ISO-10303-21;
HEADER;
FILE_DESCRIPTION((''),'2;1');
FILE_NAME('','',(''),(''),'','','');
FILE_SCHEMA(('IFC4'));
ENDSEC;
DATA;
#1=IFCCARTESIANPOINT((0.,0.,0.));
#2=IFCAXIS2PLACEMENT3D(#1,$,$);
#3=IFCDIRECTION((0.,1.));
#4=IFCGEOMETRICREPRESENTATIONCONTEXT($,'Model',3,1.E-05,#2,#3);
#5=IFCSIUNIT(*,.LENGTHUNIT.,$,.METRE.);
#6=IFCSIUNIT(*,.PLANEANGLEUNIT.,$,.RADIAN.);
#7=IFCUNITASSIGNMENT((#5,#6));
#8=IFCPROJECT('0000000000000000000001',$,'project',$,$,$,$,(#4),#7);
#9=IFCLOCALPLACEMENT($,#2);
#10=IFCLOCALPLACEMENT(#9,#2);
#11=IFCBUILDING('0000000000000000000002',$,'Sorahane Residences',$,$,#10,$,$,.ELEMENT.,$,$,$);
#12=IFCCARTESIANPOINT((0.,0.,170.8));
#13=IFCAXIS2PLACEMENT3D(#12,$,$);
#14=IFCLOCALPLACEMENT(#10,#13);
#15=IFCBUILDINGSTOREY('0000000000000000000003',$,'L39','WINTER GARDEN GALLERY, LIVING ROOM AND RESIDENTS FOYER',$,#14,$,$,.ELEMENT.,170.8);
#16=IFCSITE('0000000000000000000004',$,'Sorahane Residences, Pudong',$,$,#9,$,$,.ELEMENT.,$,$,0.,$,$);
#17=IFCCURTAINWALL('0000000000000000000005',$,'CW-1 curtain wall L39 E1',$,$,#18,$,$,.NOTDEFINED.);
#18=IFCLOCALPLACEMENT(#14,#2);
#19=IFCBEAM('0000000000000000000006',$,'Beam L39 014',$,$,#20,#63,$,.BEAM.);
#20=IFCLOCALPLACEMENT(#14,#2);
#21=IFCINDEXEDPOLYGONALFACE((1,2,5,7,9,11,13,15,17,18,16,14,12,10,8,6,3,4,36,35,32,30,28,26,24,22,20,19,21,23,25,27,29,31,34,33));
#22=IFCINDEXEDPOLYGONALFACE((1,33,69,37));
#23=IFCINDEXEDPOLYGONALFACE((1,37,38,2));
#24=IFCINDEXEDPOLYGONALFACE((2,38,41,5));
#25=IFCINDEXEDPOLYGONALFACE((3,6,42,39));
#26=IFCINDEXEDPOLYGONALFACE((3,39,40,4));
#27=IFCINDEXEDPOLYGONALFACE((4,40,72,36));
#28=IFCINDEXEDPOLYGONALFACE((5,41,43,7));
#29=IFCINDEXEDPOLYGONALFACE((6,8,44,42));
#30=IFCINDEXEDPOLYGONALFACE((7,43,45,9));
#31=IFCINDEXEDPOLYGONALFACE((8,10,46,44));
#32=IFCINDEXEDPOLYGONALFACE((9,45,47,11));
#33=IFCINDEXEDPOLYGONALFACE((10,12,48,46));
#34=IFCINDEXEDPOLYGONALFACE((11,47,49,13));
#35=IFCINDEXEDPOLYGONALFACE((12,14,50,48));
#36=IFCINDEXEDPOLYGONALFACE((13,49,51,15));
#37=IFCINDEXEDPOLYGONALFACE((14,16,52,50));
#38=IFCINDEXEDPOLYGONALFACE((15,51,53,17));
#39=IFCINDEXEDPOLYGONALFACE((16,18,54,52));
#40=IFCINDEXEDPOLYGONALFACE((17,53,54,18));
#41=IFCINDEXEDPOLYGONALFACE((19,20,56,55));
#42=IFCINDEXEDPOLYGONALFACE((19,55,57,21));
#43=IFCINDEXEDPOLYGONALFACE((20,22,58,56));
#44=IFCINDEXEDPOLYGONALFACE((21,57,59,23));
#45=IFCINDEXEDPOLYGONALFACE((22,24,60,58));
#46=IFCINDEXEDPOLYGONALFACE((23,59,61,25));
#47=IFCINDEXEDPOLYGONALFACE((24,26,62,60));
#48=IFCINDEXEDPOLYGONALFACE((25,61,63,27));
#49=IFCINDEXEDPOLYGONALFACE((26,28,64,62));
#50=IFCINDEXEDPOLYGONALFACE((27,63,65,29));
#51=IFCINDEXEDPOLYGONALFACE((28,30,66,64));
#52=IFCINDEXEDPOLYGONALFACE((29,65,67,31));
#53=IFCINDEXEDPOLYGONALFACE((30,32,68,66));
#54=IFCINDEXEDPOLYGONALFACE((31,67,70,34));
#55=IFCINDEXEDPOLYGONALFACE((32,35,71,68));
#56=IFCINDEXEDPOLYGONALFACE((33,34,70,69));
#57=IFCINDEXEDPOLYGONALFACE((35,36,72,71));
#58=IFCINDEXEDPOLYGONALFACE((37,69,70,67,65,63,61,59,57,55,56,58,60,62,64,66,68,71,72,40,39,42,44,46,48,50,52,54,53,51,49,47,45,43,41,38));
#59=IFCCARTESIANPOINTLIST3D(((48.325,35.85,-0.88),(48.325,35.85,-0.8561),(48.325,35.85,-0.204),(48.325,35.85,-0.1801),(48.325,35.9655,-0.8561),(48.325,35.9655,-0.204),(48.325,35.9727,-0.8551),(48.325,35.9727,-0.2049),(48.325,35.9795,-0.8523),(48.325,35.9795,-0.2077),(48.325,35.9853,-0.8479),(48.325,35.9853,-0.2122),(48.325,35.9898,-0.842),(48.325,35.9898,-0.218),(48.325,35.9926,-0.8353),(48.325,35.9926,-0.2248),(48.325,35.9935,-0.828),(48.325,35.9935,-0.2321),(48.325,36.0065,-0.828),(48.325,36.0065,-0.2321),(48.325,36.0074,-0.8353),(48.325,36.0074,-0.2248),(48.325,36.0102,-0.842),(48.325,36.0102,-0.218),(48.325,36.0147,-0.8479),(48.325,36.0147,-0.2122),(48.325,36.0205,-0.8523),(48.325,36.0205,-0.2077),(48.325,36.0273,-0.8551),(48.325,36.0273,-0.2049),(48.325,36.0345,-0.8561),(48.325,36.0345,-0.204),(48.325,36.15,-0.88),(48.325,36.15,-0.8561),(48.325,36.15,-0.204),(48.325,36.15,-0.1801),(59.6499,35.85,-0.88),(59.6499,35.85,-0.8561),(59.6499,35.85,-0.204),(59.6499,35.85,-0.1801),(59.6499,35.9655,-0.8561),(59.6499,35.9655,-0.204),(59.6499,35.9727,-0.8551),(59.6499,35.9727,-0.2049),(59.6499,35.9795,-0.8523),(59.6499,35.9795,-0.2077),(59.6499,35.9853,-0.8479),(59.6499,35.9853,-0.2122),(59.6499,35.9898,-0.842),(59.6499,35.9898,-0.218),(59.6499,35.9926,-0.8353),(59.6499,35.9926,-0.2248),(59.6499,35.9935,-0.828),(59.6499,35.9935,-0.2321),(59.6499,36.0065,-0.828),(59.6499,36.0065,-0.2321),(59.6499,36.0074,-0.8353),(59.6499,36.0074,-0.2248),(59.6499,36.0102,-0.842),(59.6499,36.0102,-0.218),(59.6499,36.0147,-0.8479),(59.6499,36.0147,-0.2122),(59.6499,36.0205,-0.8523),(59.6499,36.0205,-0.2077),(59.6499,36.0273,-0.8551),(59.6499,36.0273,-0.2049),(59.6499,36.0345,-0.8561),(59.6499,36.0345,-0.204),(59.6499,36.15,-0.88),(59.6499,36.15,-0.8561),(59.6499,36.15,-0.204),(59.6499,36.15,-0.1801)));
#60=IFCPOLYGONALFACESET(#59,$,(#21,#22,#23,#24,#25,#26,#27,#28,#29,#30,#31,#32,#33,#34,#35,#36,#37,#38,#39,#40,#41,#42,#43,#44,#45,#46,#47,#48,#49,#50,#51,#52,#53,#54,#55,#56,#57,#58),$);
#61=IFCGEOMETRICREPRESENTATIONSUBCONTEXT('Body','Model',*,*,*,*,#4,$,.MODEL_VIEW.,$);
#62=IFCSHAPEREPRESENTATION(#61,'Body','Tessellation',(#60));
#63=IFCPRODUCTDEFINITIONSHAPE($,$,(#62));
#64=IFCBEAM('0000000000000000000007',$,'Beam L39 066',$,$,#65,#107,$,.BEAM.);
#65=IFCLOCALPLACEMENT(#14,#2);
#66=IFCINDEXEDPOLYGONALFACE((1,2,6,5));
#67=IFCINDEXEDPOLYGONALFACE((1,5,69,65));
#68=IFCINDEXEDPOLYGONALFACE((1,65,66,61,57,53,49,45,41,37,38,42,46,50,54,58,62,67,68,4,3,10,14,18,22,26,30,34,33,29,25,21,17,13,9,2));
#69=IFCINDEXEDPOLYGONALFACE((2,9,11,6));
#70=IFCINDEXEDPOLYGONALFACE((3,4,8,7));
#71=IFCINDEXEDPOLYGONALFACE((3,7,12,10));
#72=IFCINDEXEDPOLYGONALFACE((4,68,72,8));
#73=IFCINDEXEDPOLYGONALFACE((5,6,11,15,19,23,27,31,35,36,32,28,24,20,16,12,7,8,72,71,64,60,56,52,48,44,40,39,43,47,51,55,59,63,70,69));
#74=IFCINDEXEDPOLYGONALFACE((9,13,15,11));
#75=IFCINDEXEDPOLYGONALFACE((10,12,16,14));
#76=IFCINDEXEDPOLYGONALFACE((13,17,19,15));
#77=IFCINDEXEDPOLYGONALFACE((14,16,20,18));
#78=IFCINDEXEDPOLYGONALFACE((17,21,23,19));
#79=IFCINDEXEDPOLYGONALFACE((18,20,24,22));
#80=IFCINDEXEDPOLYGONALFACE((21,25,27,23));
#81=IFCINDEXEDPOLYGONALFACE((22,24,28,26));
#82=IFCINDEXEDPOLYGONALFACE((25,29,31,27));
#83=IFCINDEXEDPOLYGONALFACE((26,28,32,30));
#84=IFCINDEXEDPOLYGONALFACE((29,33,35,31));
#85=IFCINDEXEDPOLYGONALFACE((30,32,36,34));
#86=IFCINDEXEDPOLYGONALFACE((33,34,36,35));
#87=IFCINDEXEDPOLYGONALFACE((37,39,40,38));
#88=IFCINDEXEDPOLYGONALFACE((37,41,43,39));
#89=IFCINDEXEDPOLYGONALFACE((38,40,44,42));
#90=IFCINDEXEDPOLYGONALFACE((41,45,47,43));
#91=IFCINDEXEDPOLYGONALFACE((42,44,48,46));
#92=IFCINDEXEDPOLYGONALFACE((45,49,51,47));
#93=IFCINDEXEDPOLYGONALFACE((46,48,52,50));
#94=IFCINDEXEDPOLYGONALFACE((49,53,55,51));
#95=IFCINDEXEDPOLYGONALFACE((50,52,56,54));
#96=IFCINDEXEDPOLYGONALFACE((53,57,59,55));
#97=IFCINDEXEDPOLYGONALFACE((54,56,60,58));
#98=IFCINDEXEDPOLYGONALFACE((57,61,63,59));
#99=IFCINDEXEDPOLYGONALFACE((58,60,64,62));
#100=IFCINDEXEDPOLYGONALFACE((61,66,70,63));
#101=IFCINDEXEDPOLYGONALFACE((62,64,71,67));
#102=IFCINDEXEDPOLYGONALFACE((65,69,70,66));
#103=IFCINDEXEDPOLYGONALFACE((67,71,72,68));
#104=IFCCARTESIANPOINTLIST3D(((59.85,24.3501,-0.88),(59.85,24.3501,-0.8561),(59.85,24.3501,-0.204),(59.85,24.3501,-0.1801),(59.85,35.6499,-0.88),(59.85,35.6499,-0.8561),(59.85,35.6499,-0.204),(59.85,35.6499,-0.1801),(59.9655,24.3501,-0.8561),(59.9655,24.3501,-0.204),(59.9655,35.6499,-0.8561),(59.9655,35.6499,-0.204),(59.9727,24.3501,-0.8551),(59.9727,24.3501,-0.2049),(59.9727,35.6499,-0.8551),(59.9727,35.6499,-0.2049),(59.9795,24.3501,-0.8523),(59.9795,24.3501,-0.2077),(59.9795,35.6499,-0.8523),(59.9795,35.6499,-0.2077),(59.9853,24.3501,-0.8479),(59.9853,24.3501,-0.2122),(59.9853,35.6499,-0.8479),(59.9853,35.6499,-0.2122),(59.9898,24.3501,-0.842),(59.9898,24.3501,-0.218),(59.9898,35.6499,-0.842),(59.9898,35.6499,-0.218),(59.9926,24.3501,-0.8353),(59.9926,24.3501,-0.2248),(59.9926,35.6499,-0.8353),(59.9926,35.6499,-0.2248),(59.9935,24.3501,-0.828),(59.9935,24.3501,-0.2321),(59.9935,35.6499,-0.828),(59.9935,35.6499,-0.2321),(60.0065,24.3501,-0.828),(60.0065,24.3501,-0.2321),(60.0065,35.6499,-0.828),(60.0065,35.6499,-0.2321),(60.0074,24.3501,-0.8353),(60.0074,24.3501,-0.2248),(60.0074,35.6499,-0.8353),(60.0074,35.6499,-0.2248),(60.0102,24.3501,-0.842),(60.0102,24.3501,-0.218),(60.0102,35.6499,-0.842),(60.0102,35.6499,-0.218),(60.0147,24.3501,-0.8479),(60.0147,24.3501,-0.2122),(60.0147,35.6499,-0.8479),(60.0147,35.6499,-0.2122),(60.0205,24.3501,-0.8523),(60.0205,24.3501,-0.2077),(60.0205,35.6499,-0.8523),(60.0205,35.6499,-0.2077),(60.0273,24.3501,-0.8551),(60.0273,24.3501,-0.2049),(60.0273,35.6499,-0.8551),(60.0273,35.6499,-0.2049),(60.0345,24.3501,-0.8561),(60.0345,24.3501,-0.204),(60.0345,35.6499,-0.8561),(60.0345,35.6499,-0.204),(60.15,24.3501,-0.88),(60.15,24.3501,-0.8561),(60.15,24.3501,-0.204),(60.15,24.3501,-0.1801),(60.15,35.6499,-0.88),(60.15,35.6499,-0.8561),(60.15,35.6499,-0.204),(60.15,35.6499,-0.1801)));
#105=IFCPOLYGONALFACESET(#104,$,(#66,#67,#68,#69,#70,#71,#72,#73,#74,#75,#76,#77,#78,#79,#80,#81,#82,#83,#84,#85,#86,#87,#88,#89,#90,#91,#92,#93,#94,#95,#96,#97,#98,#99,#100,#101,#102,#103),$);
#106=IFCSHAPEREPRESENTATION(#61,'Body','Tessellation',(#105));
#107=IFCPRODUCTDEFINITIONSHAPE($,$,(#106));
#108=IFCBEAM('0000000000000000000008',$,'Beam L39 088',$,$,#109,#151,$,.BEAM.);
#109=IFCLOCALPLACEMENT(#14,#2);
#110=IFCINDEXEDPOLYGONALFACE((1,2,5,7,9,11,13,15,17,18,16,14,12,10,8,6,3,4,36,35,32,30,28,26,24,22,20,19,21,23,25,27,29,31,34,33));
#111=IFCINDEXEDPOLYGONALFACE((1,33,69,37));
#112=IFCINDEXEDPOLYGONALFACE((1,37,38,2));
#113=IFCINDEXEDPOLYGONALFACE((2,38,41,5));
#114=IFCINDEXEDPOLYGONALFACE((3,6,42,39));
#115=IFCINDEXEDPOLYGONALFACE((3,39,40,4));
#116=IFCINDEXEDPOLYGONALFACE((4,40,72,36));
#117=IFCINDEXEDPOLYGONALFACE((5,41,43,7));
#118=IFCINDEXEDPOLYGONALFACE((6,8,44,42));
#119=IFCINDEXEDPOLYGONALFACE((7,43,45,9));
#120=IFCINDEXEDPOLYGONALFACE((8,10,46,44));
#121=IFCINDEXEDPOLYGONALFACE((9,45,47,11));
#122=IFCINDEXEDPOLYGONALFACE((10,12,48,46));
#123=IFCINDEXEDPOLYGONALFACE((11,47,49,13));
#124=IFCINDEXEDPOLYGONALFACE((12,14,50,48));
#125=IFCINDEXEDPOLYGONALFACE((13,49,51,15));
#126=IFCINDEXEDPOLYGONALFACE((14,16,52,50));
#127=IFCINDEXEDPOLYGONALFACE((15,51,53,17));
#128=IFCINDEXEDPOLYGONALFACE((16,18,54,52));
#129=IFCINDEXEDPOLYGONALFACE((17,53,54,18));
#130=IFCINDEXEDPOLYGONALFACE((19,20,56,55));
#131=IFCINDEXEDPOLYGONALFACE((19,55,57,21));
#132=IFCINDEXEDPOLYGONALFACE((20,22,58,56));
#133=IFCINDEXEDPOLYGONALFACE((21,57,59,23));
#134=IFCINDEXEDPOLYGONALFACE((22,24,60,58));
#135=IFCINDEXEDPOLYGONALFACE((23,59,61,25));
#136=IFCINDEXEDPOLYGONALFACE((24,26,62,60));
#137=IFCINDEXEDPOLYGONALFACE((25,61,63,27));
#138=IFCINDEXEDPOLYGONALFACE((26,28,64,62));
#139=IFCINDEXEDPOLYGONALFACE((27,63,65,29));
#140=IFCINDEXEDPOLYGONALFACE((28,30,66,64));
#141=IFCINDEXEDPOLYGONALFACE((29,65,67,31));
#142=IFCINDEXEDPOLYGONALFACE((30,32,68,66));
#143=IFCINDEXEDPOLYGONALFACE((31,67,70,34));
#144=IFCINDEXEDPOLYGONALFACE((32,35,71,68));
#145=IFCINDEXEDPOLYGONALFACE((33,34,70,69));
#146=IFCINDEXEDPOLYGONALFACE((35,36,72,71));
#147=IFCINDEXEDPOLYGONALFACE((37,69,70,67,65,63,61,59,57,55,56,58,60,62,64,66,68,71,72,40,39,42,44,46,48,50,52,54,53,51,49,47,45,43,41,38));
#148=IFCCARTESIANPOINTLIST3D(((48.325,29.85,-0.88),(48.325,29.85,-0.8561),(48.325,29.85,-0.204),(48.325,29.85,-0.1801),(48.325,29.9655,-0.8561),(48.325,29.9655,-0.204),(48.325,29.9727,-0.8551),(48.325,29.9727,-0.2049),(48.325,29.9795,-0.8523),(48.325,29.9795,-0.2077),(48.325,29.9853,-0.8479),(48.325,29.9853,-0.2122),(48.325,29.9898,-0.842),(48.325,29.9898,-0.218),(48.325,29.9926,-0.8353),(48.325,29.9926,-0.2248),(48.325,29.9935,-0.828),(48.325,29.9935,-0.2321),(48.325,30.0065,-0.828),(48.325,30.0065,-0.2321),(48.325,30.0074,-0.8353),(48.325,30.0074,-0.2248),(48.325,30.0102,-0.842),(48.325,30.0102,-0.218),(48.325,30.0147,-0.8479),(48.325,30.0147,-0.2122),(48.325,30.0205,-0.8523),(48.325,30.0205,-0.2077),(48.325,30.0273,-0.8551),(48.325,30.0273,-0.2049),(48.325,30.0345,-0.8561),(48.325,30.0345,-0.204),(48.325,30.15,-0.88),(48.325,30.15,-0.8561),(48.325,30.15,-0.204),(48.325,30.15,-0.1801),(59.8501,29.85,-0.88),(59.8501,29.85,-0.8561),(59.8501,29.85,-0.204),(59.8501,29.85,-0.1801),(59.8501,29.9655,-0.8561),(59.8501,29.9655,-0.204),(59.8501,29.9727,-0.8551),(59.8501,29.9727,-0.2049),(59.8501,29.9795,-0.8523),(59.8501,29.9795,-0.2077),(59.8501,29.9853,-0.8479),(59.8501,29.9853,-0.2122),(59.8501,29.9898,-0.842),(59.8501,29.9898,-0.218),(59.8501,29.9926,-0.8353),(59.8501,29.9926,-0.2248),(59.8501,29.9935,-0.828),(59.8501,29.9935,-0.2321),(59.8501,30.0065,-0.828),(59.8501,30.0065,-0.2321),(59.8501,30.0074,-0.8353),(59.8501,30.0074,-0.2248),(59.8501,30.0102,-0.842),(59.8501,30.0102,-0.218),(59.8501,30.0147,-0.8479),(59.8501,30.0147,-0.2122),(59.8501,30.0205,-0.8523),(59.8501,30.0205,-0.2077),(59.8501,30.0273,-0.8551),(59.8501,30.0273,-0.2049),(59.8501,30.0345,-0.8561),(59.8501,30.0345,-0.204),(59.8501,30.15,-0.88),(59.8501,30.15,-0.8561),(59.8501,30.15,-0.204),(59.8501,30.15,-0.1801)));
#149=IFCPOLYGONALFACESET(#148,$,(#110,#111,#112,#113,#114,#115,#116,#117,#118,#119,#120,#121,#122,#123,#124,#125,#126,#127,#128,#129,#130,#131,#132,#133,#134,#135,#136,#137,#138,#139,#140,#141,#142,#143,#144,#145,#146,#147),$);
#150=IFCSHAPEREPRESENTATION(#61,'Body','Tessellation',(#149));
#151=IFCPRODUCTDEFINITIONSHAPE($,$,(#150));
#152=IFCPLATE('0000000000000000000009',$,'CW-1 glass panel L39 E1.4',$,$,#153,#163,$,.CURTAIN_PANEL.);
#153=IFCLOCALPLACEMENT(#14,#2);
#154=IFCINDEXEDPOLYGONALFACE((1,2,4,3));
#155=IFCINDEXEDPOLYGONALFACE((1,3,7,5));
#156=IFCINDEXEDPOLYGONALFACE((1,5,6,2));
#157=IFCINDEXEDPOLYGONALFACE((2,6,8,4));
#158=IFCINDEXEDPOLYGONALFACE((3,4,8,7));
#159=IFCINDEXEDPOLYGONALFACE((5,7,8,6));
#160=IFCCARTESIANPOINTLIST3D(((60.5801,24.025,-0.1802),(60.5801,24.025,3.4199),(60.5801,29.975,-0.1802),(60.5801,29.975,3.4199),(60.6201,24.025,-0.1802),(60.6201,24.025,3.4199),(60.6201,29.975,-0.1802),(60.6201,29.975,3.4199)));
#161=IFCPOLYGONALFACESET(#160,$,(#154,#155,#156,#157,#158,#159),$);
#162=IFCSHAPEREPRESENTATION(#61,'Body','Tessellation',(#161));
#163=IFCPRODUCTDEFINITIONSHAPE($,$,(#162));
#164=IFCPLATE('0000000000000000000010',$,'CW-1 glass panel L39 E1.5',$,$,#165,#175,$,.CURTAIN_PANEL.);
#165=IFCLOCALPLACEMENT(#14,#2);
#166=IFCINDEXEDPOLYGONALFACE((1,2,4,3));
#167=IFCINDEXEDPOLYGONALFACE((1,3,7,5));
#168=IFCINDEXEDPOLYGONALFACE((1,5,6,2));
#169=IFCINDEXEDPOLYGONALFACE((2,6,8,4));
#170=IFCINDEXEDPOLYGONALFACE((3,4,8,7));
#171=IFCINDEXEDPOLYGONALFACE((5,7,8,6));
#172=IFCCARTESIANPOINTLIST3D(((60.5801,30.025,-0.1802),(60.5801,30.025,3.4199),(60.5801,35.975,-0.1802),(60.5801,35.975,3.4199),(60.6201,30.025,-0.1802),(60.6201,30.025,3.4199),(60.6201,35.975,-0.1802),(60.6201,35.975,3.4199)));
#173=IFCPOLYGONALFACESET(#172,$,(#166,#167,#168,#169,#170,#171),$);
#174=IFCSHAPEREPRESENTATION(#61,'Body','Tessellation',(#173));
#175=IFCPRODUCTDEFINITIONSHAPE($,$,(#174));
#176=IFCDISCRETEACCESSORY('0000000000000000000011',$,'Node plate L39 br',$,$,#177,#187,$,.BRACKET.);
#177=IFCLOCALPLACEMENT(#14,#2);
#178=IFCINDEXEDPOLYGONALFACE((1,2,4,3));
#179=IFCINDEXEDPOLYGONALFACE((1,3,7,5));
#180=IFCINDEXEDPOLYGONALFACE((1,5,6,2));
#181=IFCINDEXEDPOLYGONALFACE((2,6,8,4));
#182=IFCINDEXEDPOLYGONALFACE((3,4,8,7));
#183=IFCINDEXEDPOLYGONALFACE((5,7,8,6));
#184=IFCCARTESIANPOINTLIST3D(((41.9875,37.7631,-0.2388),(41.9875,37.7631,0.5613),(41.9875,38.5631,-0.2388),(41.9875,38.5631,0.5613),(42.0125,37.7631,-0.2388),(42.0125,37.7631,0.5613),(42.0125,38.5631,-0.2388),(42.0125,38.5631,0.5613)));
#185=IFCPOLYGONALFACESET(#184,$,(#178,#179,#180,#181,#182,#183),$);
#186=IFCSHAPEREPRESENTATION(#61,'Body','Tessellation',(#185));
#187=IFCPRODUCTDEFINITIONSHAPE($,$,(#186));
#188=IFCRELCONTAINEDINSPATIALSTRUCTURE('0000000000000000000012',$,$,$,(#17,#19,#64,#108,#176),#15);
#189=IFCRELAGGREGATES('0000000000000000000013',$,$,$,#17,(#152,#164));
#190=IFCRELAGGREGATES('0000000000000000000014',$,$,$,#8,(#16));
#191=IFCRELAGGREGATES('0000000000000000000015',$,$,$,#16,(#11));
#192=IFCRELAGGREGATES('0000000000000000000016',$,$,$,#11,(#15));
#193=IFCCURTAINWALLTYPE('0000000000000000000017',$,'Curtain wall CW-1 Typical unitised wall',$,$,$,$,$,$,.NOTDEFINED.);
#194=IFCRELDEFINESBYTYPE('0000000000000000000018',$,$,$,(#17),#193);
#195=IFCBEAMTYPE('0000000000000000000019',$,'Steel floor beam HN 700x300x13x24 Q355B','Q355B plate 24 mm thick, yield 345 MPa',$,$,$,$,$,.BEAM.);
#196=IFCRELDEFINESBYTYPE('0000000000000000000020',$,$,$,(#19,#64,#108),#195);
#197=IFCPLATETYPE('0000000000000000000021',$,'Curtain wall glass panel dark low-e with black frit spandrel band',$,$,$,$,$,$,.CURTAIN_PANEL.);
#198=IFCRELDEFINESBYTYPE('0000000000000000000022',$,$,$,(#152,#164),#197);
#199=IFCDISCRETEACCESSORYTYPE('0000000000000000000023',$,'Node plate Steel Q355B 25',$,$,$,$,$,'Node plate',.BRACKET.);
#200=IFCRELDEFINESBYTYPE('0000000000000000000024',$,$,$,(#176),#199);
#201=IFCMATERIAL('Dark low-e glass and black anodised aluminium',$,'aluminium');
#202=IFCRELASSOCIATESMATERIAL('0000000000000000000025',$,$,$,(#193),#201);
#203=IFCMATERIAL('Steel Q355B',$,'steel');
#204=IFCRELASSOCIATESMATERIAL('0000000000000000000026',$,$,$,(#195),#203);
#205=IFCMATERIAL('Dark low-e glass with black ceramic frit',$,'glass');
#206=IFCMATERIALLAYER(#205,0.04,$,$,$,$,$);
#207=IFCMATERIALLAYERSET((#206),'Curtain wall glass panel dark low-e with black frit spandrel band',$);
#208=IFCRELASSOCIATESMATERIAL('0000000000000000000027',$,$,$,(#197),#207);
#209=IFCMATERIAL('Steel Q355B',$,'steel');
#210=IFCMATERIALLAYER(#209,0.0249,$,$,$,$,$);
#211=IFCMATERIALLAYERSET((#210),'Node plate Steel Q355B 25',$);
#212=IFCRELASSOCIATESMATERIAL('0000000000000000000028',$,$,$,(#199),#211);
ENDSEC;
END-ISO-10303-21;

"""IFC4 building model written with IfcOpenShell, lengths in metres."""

from ifc_helpers import new_model, si_unit, direction, frame, origin, origin_2d, place, context, subcontext, project, spatial, rectangle, i_section, extrude, material, layer, layer_set, material_profile, profile_set, type_object, element, aggregate, save


model = new_model("IFC4")

# Units and contexts
model_context = context("Model", 3, precision=1e-05, world=origin(), true_north=direction((0.0, 1.0)))
body_context = subcontext(model_context, "Body", "Model", "MODEL_VIEW")
ifc_project = project(units=[si_unit("LENGTHUNIT", "METRE"), si_unit("PLANEANGLEUNIT", "RADIAN")], contexts=[model_context])

# Site, building, storey
site_placement = place(None, origin())
site = spatial("IfcSite", under=ifc_project, at=site_placement, Name="Sorahane Residences, Pudong", CompositionType="ELEMENT", RefElevation=0.0)
building_placement = place(site_placement, origin())
building = spatial("IfcBuilding", under=site, at=building_placement, Name="Sorahane Residences", CompositionType="ELEMENT")
storey_placement = place(building_placement, frame((0.0, 0.0, 170.8)))
storey = spatial("IfcBuildingStorey", under=building, at=storey_placement, Name="L39", Description="WINTER GARDEN GALLERY, LIVING ROOM AND RESIDENTS FOYER", CompositionType="ELEMENT", Elevation=170.8)

# Curtain wall
ifc_material_1 = material(Name="Dark low-e glass and black anodised aluminium", Category="aluminium")
curtain_wall_type = type_object("IfcCurtainWallType", Name="Curtain wall CW-1 Typical unitised wall", PredefinedType="NOTDEFINED", material=ifc_material_1)
curtain_wall_placement = place(storey_placement, origin())
curtain_wall = element("IfcCurtainWall", 1, at=curtain_wall_placement, inside=storey, type_object=curtain_wall_type, Name="CW-1 curtain wall L39 E1", PredefinedType="NOTDEFINED")

# Beams
ifc_material_2 = material(Name="Steel Q355B", Category="steel")
ifc_material_profile_1 = material_profile(ifc_material_2, i_section(OverallWidth=0.3, OverallDepth=0.7, WebThickness=0.0129, FlangeThickness=0.0239, FilletRadius=0.0281, at=origin_2d()), Name="HN 700x300x13x24")
ifc_profile_set_1 = profile_set([ifc_material_profile_1], Name="Steel Q355B")
beam_type_1 = type_object("IfcBeamType", Name="Steel floor beam HN 700x300x13x24 Q355B", Description="Q355B plate 24 mm thick, yield 345 MPa", PredefinedType="BEAM", material=ifc_profile_set_1)
for number, where, z_axis, x_axis, name in (
    (2, (48.325, 36.0, -0.53), (1.0, 0.0, 0.0), (0.0, 1.0, 0.0), "Beam L39 014"),
):
    element("IfcBeam", number, at=place(storey_placement, frame(where, z_axis=z_axis, x_axis=x_axis)), inside=storey, type_object=beam_type_1, Name=name, PredefinedType="BEAM", context=body_context, shape_type="SweptSolid", body=[
        extrude(i_section(OverallWidth=0.3, OverallDepth=0.7, WebThickness=0.0129, FlangeThickness=0.0239, FilletRadius=0.0281, at=origin_2d()), origin(), (0.0, 0.0, 1.0), 11.325),
    ])
beam_1_placement = place(storey_placement, frame((60.0, 24.3501, -0.53), z_axis=(0.0, 1.0, 0.0), x_axis=(-1.0, 0.0, 0.0)))
element("IfcBeam", 3, at=beam_1_placement, inside=storey, type_object=beam_type_1, Name="Beam L39 066", PredefinedType="BEAM", context=body_context, shape_type="SweptSolid", body=[
    extrude(i_section(OverallWidth=0.3, OverallDepth=0.7, WebThickness=0.0129, FlangeThickness=0.0239, FilletRadius=0.0281, at=origin_2d()), origin(), (0.0, 0.0, 1.0), 11.2998),
])
beam_2_placement = place(storey_placement, frame((48.325, 30.0, -0.53), z_axis=(1.0, 0.0, 0.0), x_axis=(0.0, 1.0, 0.0)))
element("IfcBeam", 4, at=beam_2_placement, inside=storey, type_object=beam_type_1, Name="Beam L39 088", PredefinedType="BEAM", context=body_context, shape_type="SweptSolid", body=[
    extrude(i_section(OverallWidth=0.3, OverallDepth=0.7, WebThickness=0.0129, FlangeThickness=0.0239, FilletRadius=0.0281, at=origin_2d()), origin(), (0.0, 0.0, 1.0), 11.5251),
])

# Plates
ifc_material_3 = material(Name="Dark low-e glass with black ceramic frit", Category="glass")
ifc_layer_1 = layer(ifc_material_3, 0.04)
ifc_layer_set_1 = layer_set([ifc_layer_1], Name="Curtain wall glass panel dark low-e with black frit spandrel band")
plate_type = type_object("IfcPlateType", Name="Curtain wall glass panel dark low-e with black frit spandrel band", PredefinedType="CURTAIN_PANEL", material=ifc_layer_set_1)
plate_1_placement = place(storey_placement, frame((60.6001, 27.0, -0.1802), z_axis=(0.0, 0.0, 1.0), x_axis=(0.0, 1.0, 0.0)))
plate_1 = element("IfcPlate", 5, at=plate_1_placement, type_object=plate_type, Name="CW-1 glass panel L39 E1.4", PredefinedType="CURTAIN_PANEL", context=body_context, shape_type="SweptSolid", body=[
    extrude(rectangle(XDim=5.95, YDim=0.04, at=origin_2d()), origin(), (0.0, 0.0, 1.0), 3.6001),
])
plate_2_placement = place(storey_placement, frame((60.6001, 33.0, -0.1802), z_axis=(0.0, 0.0, 1.0), x_axis=(0.0, 1.0, 0.0)))
plate_2 = element("IfcPlate", 6, at=plate_2_placement, type_object=plate_type, Name="CW-1 glass panel L39 E1.5", PredefinedType="CURTAIN_PANEL", context=body_context, shape_type="SweptSolid", body=[
    extrude(rectangle(XDim=5.95, YDim=0.04, at=origin_2d()), origin(), (0.0, 0.0, 1.0), 3.6001),
])
aggregate(curtain_wall, [plate_1, plate_2])

# Discrete accessory
ifc_material_4 = material(Name="Steel Q355B", Category="steel")
ifc_layer_2 = layer(ifc_material_4, 0.0249)
ifc_layer_set_2 = layer_set([ifc_layer_2], Name="Node plate Steel Q355B 25")
discrete_accessory_type = type_object("IfcDiscreteAccessoryType", Name="Node plate Steel Q355B 25", ElementType="Node plate", PredefinedType="BRACKET", material=ifc_layer_set_2)
discrete_accessory_placement = place(storey_placement, frame((42.0, 38.1631, -0.2388), z_axis=(0.0, 0.0, 1.0), x_axis=(0.0, 1.0, 0.0)))
element("IfcDiscreteAccessory", 7, at=discrete_accessory_placement, inside=storey, type_object=discrete_accessory_type, Name="Node plate L39 br", PredefinedType="BRACKET", context=body_context, shape_type="SweptSolid", body=[
    extrude(rectangle(XDim=0.8, YDim=0.0249, at=origin_2d()), origin(), (0.0, 0.0, 1.0), 0.8),
])

save(model, "model.ifc")
